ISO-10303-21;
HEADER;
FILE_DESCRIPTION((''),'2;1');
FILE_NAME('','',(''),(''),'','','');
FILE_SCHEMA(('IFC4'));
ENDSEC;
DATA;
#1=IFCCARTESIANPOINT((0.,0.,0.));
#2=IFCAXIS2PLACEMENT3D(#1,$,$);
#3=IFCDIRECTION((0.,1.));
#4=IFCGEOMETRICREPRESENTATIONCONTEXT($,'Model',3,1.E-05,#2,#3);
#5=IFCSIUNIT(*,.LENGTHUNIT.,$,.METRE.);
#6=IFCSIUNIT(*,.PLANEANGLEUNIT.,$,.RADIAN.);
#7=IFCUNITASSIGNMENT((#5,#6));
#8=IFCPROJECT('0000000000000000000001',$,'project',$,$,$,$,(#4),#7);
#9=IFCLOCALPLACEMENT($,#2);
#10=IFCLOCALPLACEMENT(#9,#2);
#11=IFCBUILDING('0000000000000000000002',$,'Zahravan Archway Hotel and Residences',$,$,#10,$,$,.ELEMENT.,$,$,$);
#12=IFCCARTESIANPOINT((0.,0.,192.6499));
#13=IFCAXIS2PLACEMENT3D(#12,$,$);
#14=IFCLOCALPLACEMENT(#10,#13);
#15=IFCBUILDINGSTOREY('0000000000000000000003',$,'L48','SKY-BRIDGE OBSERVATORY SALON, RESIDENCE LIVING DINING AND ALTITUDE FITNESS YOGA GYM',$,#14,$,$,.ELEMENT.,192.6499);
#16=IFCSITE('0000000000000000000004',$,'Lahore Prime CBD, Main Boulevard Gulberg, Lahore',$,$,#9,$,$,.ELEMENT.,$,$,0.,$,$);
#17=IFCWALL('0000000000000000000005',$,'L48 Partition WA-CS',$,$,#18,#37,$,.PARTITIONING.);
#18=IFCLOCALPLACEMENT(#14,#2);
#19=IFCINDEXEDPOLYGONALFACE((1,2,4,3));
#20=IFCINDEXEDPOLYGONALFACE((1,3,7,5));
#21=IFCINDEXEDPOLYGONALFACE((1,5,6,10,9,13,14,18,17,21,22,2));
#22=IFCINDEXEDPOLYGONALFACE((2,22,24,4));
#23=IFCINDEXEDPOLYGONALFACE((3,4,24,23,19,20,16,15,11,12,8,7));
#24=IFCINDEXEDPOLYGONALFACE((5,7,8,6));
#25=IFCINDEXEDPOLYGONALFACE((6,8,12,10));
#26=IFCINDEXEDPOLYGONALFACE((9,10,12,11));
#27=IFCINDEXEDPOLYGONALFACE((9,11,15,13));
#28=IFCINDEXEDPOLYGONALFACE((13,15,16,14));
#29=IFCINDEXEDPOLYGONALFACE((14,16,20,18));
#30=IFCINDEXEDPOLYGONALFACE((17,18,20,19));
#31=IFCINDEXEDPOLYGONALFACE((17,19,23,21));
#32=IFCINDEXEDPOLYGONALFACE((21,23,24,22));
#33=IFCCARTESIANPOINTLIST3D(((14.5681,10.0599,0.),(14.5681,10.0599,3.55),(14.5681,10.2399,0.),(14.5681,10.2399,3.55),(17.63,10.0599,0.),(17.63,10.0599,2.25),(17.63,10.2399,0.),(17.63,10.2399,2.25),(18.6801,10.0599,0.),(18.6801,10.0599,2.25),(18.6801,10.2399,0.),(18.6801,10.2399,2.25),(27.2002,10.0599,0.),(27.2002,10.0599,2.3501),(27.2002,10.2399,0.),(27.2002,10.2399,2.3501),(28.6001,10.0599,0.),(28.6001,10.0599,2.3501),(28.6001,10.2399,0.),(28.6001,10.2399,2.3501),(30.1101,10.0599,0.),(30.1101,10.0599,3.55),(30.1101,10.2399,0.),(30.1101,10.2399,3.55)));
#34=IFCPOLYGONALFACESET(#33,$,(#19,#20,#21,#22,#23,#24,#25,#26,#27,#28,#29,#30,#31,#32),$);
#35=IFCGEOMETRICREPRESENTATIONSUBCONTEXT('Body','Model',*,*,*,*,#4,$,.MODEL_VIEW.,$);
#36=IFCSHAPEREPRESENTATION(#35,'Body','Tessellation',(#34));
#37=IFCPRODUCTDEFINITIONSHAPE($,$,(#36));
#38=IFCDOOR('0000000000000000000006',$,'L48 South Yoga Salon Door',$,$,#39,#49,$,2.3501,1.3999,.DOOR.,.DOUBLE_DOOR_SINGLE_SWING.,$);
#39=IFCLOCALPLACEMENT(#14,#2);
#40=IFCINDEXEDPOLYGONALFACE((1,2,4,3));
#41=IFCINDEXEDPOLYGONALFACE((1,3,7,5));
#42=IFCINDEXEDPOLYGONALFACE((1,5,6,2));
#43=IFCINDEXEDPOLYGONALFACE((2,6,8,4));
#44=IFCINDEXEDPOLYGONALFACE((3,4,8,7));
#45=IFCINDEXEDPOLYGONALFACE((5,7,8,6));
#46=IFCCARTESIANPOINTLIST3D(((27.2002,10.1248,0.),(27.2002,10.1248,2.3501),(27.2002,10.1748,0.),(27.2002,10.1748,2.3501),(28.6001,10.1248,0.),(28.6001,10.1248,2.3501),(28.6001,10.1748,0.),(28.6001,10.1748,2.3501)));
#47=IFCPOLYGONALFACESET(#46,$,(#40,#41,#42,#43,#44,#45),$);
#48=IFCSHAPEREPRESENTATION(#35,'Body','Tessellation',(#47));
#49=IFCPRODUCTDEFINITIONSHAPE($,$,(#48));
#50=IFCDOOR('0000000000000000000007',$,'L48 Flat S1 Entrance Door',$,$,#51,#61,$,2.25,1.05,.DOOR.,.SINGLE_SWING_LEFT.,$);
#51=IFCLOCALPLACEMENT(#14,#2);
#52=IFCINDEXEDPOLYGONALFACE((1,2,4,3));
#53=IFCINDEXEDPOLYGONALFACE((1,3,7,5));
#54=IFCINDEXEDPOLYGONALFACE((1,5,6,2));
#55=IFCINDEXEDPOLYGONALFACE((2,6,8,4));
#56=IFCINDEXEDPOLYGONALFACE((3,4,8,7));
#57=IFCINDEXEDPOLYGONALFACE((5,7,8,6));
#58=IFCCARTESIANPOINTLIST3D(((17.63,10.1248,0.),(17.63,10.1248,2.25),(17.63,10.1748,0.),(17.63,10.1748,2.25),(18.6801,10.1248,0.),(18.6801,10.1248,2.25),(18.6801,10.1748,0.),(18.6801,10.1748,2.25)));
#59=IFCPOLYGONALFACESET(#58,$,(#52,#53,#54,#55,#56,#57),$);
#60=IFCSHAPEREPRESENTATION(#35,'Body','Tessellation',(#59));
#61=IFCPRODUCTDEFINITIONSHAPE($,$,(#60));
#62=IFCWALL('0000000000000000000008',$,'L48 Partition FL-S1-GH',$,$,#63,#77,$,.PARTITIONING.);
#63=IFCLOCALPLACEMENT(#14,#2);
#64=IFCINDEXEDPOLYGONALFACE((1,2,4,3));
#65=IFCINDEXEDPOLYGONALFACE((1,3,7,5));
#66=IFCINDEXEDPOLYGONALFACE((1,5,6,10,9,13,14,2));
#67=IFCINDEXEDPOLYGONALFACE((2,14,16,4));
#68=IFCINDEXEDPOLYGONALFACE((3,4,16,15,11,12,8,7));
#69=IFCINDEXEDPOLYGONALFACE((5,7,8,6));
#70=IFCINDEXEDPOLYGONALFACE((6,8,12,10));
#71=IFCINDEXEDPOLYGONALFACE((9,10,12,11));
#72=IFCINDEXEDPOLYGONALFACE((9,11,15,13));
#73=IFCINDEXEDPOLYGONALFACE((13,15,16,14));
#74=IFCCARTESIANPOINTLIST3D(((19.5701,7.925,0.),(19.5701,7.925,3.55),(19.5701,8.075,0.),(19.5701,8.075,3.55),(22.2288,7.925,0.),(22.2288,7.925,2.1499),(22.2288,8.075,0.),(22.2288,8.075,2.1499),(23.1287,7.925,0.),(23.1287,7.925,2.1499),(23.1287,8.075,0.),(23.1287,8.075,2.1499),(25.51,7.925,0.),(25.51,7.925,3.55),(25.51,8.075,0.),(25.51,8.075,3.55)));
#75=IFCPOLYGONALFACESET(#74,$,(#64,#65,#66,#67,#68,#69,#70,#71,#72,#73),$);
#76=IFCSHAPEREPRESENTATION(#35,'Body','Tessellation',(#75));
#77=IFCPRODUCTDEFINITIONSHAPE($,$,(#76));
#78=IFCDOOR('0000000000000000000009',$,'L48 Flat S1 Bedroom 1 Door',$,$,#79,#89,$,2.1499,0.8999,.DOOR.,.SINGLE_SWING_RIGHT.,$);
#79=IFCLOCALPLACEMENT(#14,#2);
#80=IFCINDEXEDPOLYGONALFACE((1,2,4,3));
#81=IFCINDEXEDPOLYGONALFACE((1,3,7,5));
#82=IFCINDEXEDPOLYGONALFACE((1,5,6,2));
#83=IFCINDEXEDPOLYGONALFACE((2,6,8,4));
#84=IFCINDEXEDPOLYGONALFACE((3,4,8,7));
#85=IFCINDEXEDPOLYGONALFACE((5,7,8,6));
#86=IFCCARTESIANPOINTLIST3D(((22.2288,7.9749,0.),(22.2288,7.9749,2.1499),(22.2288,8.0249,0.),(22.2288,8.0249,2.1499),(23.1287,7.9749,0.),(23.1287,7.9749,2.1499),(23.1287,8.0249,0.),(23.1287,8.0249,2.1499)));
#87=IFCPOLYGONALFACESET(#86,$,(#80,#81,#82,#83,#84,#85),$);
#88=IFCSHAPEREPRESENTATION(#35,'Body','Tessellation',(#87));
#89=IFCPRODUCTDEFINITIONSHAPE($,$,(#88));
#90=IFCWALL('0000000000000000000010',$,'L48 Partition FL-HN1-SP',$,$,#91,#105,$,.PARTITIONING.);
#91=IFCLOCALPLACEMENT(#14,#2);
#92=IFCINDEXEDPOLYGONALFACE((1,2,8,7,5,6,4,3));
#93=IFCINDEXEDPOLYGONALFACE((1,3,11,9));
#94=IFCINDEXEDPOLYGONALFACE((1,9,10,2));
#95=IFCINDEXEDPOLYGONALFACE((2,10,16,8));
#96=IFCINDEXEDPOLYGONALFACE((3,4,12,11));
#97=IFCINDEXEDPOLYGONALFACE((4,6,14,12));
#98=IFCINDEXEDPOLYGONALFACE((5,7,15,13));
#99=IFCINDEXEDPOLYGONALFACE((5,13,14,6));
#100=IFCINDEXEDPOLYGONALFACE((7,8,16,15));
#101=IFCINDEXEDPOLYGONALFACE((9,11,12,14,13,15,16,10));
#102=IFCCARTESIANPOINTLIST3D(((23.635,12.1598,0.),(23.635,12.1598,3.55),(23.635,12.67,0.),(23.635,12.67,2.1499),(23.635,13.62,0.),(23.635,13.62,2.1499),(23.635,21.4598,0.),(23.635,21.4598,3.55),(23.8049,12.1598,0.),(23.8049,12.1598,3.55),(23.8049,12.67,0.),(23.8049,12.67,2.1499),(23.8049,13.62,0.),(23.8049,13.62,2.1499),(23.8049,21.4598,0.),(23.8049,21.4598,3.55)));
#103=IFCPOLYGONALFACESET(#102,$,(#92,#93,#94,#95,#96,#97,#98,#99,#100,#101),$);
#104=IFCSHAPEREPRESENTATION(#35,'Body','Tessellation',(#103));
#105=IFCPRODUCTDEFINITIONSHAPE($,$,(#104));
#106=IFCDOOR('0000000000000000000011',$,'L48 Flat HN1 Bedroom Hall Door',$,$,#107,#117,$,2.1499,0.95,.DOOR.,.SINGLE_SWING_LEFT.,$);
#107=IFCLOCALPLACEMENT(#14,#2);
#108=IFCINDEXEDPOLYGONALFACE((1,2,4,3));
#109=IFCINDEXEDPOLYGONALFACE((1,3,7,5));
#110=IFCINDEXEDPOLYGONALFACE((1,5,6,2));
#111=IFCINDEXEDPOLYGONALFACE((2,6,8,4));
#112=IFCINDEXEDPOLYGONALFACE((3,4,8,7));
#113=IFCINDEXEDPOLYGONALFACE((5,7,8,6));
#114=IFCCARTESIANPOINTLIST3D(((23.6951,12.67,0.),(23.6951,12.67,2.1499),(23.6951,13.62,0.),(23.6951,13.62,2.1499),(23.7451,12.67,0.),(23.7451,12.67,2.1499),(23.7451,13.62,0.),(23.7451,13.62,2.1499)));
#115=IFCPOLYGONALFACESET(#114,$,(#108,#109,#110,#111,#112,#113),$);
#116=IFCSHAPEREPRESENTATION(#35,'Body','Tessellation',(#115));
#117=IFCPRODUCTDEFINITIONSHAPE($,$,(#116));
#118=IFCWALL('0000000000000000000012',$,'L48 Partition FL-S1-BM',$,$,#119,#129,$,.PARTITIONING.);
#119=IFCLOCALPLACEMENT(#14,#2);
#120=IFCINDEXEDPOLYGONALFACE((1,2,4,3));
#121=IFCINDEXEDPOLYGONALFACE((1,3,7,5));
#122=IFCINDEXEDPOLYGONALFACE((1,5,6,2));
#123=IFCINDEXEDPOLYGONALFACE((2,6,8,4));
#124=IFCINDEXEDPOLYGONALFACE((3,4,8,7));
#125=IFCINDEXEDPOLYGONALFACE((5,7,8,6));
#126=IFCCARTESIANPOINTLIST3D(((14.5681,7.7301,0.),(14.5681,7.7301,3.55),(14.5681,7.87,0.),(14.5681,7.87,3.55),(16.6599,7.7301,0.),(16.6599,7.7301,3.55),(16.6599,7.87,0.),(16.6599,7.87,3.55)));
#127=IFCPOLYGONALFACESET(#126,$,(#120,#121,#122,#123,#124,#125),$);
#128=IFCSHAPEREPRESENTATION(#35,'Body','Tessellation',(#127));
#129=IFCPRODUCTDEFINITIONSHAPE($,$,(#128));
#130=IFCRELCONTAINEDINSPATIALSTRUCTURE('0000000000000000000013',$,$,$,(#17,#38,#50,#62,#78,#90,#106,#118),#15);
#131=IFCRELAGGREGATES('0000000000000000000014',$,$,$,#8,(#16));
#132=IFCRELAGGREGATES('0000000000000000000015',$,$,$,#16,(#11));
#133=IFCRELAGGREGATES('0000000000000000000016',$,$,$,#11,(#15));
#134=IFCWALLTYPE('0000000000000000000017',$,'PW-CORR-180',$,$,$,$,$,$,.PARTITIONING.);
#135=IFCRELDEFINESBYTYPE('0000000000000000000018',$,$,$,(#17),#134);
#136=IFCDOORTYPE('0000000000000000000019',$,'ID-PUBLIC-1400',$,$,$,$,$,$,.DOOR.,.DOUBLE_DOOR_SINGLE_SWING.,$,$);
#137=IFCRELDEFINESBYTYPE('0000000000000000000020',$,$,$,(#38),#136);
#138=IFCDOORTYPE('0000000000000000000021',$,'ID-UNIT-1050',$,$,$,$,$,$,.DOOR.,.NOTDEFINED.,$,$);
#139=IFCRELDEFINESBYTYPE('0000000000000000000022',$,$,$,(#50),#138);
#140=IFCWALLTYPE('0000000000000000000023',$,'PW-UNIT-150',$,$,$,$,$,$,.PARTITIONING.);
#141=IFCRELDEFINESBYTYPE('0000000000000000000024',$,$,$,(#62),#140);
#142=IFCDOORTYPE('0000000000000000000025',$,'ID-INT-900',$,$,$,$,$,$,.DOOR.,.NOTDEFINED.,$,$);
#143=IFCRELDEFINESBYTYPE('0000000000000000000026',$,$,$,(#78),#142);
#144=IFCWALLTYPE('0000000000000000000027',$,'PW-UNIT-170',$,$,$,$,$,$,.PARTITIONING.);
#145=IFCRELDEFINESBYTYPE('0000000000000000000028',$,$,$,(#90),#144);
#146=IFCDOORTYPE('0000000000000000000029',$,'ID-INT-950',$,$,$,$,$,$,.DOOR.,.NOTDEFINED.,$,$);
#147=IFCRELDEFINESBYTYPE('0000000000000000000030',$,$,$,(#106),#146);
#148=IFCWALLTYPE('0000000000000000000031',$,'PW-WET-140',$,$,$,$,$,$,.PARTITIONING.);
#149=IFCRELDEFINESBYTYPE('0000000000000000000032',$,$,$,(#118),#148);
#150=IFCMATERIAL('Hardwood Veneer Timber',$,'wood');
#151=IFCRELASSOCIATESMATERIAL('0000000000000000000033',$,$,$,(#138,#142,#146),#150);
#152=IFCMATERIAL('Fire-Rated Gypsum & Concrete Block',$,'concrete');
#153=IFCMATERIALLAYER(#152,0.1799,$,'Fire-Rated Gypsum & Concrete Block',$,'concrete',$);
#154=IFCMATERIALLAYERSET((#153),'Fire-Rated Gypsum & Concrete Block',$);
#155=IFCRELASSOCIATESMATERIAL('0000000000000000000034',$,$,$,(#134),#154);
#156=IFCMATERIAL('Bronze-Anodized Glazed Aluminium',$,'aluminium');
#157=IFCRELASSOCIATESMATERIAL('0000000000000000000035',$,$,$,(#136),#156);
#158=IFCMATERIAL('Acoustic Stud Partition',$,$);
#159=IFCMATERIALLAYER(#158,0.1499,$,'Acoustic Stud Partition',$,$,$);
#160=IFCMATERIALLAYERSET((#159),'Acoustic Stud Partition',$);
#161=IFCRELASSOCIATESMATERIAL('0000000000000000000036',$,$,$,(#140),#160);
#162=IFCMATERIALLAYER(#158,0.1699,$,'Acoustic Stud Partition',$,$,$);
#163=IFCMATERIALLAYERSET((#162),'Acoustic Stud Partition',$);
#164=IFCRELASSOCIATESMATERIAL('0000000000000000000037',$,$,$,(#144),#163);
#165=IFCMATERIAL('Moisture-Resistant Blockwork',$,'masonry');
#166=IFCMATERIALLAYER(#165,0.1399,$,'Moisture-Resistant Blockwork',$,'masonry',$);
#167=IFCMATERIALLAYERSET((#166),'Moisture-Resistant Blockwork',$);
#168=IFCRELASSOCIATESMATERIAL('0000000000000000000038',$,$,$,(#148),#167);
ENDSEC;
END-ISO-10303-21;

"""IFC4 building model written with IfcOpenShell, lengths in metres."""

from ifc_helpers import new_model, si_unit, direction, frame, frame_2d, origin, place, context, subcontext, project, spatial, rectangle, extrude, source, transform, mapped, material, layer, layer_set, type_object, type_shapes, element, fill, save


model = new_model("IFC4")

# Units and contexts
model_context = context("Model", 3, precision=1e-05, world=origin(), true_north=direction((0.0, 1.0)))
body_context = subcontext(model_context, "Body", "Model", "MODEL_VIEW")
ifc_project = project(units=[si_unit("LENGTHUNIT", "METRE"), si_unit("PLANEANGLEUNIT", "RADIAN")], contexts=[model_context])

# Site, building, storey
site_placement = place(None, origin())
site = spatial("IfcSite", under=ifc_project, at=site_placement, Name="Lahore Prime CBD, Main Boulevard Gulberg, Lahore", CompositionType="ELEMENT", RefElevation=0.0)
building_placement = place(site_placement, origin())
building = spatial("IfcBuilding", under=site, at=building_placement, Name="Zahravan Archway Hotel and Residences", CompositionType="ELEMENT")
storey_placement = place(building_placement, frame((0.0, 0.0, 192.6499)))
storey = spatial("IfcBuildingStorey", under=building, at=storey_placement, Name="L48", Description="SKY-BRIDGE OBSERVATORY SALON, RESIDENCE LIVING DINING AND ALTITUDE FITNESS YOGA GYM", CompositionType="ELEMENT", Elevation=192.6499)

# Shared definitions
ifc_material_1 = material(Name="Fire-Rated Gypsum & Concrete Block", Category="concrete")
ifc_material_2 = material(Name="Hardwood Veneer Timber", Category="wood")
door_type_1 = type_object("IfcDoorType", Name="ID-UNIT-1050", OperationType="NOTDEFINED", PredefinedType="DOOR", material=ifc_material_2)
shared_shape_1 = source(origin(), body_context, "Body", "SweptSolid", [
    extrude(rectangle(XDim=1.05, YDim=2.25, at=frame_2d((0.5249, 1.125))), frame((0.0, 0.0249, 0.0), z_axis=(0.0, -1.0, 0.0), x_axis=(1.0, 0.0, 0.0)), (0.0, 0.0, 1.0), 0.05),
])
type_shapes(door_type_1, [shared_shape_1])

# Wall, openings, doors
ifc_layer_1 = layer(ifc_material_1, 0.1799, Name="Fire-Rated Gypsum & Concrete Block", Category="concrete")
ifc_layer_set_1 = layer_set([ifc_layer_1], Name="Fire-Rated Gypsum & Concrete Block")
wall_type_1 = type_object("IfcWallType", Name="PW-CORR-180", PredefinedType="PARTITIONING", material=ifc_layer_set_1)
wall_1_placement = place(storey_placement, frame((14.5681, 10.1499, 0.0), z_axis=(0.0, 0.0, 1.0), x_axis=(1.0, 0.0, 0.0)))
wall_1 = element("IfcWall", 1, at=wall_1_placement, inside=storey, type_object=wall_type_1, Name="L48 Partition WA-CS", PredefinedType="PARTITIONING", context=body_context, shape_type="SweptSolid", body=[
    extrude(rectangle(XDim=15.542, YDim=0.1799, at=frame_2d((7.771, 0.0))), origin(), (0.0, 0.0, 1.0), 3.55),
])
opening_1_placement = place(wall_1_placement, frame((3.062, 0.0, 0.0)))
opening_1 = element("IfcOpeningElement", 2, at=opening_1_placement, cuts=wall_1, PredefinedType="OPENING", context=body_context, shape_type="SweptSolid", body=[
    extrude(rectangle(XDim=1.05, YDim=2.25, at=frame_2d((0.5249, 1.125))), frame((0.0, 0.1001, 0.0), z_axis=(0.0, -1.0, 0.0), x_axis=(1.0, 0.0, 0.0)), (0.0, 0.0, 1.0), 0.2),
])
opening_2_placement = place(wall_1_placement, frame((12.6321, 0.0, 0.0)))
opening_2 = element("IfcOpeningElement", 3, at=opening_2_placement, cuts=wall_1, PredefinedType="OPENING", context=body_context, shape_type="SweptSolid", body=[
    extrude(rectangle(XDim=1.3999, YDim=2.3501, at=frame_2d((0.7, 1.175))), frame((0.0, 0.1001, 0.0), z_axis=(0.0, -1.0, 0.0), x_axis=(1.0, 0.0, 0.0)), (0.0, 0.0, 1.0), 0.2),
])
ifc_material_3 = material(Name="Bronze-Anodized Glazed Aluminium", Category="aluminium")
door_type_2 = type_object("IfcDoorType", Name="ID-PUBLIC-1400", OperationType="DOUBLE_DOOR_SINGLE_SWING", PredefinedType="DOOR", material=ifc_material_3)
shared_shape_2 = source(origin(), body_context, "Body", "SweptSolid", [
    extrude(rectangle(XDim=1.3999, YDim=2.3501, at=frame_2d((0.7, 1.175))), frame((0.0, 0.0249, 0.0), z_axis=(0.0, -1.0, 0.0), x_axis=(1.0, 0.0, 0.0)), (0.0, 0.0, 1.0), 0.05),
])
type_shapes(door_type_2, [shared_shape_2])
door_1_placement = place(opening_2_placement, origin())
door_1 = element("IfcDoor", 4, at=door_1_placement, inside=storey, type_object=door_type_2, Name="L48 South Yoga Salon Door", OperationType="DOUBLE_DOOR_SINGLE_SWING", OverallHeight=2.3501, OverallWidth=1.3999, PredefinedType="DOOR", context=body_context, shape_type="MappedRepresentation", body=[
    mapped(shared_shape_2, transform((0.0, 0.0, 0.0), scale=1.0)),
])
fill(opening_2, door_1)
door_2_placement = place(opening_1_placement, origin())
door_2 = element("IfcDoor", 5, at=door_2_placement, inside=storey, type_object=door_type_1, Name="L48 Flat S1 Entrance Door", OperationType="SINGLE_SWING_LEFT", OverallHeight=2.25, OverallWidth=1.05, PredefinedType="DOOR", context=body_context, shape_type="MappedRepresentation", body=[
    mapped(shared_shape_1, transform((0.0, 0.0, 0.0), scale=1.0)),
])
fill(opening_1, door_2)

# Walls, openings, doors
ifc_material_4 = material(Name="Acoustic Stud Partition")
ifc_layer_2 = layer(ifc_material_4, 0.1499, Name="Acoustic Stud Partition")
ifc_layer_set_2 = layer_set([ifc_layer_2], Name="Acoustic Stud Partition")
wall_type_2 = type_object("IfcWallType", Name="PW-UNIT-150", PredefinedType="PARTITIONING", material=ifc_layer_set_2)
wall_2_placement = place(storey_placement, frame((19.5701, 8.0, 0.0), z_axis=(0.0, 0.0, 1.0), x_axis=(1.0, 0.0, 0.0)))
wall_2 = element("IfcWall", 6, at=wall_2_placement, inside=storey, type_object=wall_type_2, Name="L48 Partition FL-S1-GH", PredefinedType="PARTITIONING", context=body_context, shape_type="SweptSolid", body=[
    extrude(rectangle(XDim=5.9399, YDim=0.1499, at=frame_2d((2.97, 0.0))), origin(), (0.0, 0.0, 1.0), 3.55),
])
opening_3_placement = place(wall_2_placement, frame((2.6587, 0.0, 0.0)))
opening_3 = element("IfcOpeningElement", 7, at=opening_3_placement, cuts=wall_2, PredefinedType="OPENING", context=body_context, shape_type="SweptSolid", body=[
    extrude(rectangle(XDim=0.8999, YDim=2.1499, at=frame_2d((0.45, 1.075))), frame((0.0, 0.085, 0.0), z_axis=(0.0, -1.0, 0.0), x_axis=(1.0, 0.0, 0.0)), (0.0, 0.0, 1.0), 0.1699),
])
door_type_3 = type_object("IfcDoorType", Name="ID-INT-900", OperationType="NOTDEFINED", PredefinedType="DOOR", material=ifc_material_2)
shared_shape_3 = source(origin(), body_context, "Body", "SweptSolid", [
    extrude(rectangle(XDim=0.8999, YDim=2.1499, at=frame_2d((0.45, 1.075))), frame((0.0, 0.0249, 0.0), z_axis=(0.0, -1.0, 0.0), x_axis=(1.0, 0.0, 0.0)), (0.0, 0.0, 1.0), 0.05),
])
type_shapes(door_type_3, [shared_shape_3])
door_3_placement = place(opening_3_placement, origin())
door_3 = element("IfcDoor", 8, at=door_3_placement, inside=storey, type_object=door_type_3, Name="L48 Flat S1 Bedroom 1 Door", OperationType="SINGLE_SWING_RIGHT", OverallHeight=2.1499, OverallWidth=0.8999, PredefinedType="DOOR", context=body_context, shape_type="MappedRepresentation", body=[
    mapped(shared_shape_3, transform((0.0, 0.0, 0.0), scale=1.0)),
])
fill(opening_3, door_3)
ifc_layer_3 = layer(ifc_material_4, 0.1699, Name="Acoustic Stud Partition")
ifc_layer_set_3 = layer_set([ifc_layer_3], Name="Acoustic Stud Partition")
wall_type_3 = type_object("IfcWallType", Name="PW-UNIT-170", PredefinedType="PARTITIONING", material=ifc_layer_set_3)
wall_3_placement = place(storey_placement, frame((23.72, 12.1599, 0.0), z_axis=(0.0, 0.0, 1.0), x_axis=(0.0, 1.0, 0.0)))
wall_3 = element("IfcWall", 9, at=wall_3_placement, inside=storey, type_object=wall_type_3, Name="L48 Partition FL-HN1-SP", PredefinedType="PARTITIONING", context=body_context, shape_type="SweptSolid", body=[
    extrude(rectangle(XDim=9.3, YDim=0.1699, at=frame_2d((4.6499, 0.0))), origin(), (0.0, 0.0, 1.0), 3.55),
])
opening_4_placement = place(wall_3_placement, frame((0.51, 0.0, 0.0)))
opening_4 = element("IfcOpeningElement", 10, at=opening_4_placement, cuts=wall_3, PredefinedType="OPENING", context=body_context, shape_type="SweptSolid", body=[
    extrude(rectangle(XDim=0.95, YDim=2.1499, at=frame_2d((0.4751, 1.075))), frame((0.0, 0.095, 0.0), z_axis=(0.0, -1.0, 0.0), x_axis=(1.0, 0.0, 0.0)), (0.0, 0.0, 1.0), 0.1899),
])
door_type_4 = type_object("IfcDoorType", Name="ID-INT-950", OperationType="NOTDEFINED", PredefinedType="DOOR", material=ifc_material_2)
shared_shape_4 = source(origin(), body_context, "Body", "SweptSolid", [
    extrude(rectangle(XDim=0.95, YDim=2.1499, at=frame_2d((0.4751, 1.075))), frame((0.0, 0.0249, 0.0), z_axis=(0.0, -1.0, 0.0), x_axis=(1.0, 0.0, 0.0)), (0.0, 0.0, 1.0), 0.05),
])
type_shapes(door_type_4, [shared_shape_4])
door_4_placement = place(opening_4_placement, origin())
door_4 = element("IfcDoor", 11, at=door_4_placement, inside=storey, type_object=door_type_4, Name="L48 Flat HN1 Bedroom Hall Door", OperationType="SINGLE_SWING_LEFT", OverallHeight=2.1499, OverallWidth=0.95, PredefinedType="DOOR", context=body_context, shape_type="MappedRepresentation", body=[
    mapped(shared_shape_4, transform((0.0, 0.0, 0.0), scale=1.0)),
])
fill(opening_4, door_4)

# Wall
ifc_material_5 = material(Name="Moisture-Resistant Blockwork", Category="masonry")
ifc_layer_4 = layer(ifc_material_5, 0.1399, Name="Moisture-Resistant Blockwork", Category="masonry")
ifc_layer_set_4 = layer_set([ifc_layer_4], Name="Moisture-Resistant Blockwork")
wall_type_4 = type_object("IfcWallType", Name="PW-WET-140", PredefinedType="PARTITIONING", material=ifc_layer_set_4)
wall_4_placement = place(storey_placement, frame((14.5681, 7.8, 0.0), z_axis=(0.0, 0.0, 1.0), x_axis=(1.0, 0.0, 0.0)))
element("IfcWall", 12, at=wall_4_placement, inside=storey, type_object=wall_type_4, Name="L48 Partition FL-S1-BM", PredefinedType="PARTITIONING", context=body_context, shape_type="SweptSolid", body=[
    extrude(rectangle(XDim=2.0918, YDim=0.1399, at=frame_2d((1.0459, 0.0))), origin(), (0.0, 0.0, 1.0), 3.55),
])

save(model, "model.ifc")
